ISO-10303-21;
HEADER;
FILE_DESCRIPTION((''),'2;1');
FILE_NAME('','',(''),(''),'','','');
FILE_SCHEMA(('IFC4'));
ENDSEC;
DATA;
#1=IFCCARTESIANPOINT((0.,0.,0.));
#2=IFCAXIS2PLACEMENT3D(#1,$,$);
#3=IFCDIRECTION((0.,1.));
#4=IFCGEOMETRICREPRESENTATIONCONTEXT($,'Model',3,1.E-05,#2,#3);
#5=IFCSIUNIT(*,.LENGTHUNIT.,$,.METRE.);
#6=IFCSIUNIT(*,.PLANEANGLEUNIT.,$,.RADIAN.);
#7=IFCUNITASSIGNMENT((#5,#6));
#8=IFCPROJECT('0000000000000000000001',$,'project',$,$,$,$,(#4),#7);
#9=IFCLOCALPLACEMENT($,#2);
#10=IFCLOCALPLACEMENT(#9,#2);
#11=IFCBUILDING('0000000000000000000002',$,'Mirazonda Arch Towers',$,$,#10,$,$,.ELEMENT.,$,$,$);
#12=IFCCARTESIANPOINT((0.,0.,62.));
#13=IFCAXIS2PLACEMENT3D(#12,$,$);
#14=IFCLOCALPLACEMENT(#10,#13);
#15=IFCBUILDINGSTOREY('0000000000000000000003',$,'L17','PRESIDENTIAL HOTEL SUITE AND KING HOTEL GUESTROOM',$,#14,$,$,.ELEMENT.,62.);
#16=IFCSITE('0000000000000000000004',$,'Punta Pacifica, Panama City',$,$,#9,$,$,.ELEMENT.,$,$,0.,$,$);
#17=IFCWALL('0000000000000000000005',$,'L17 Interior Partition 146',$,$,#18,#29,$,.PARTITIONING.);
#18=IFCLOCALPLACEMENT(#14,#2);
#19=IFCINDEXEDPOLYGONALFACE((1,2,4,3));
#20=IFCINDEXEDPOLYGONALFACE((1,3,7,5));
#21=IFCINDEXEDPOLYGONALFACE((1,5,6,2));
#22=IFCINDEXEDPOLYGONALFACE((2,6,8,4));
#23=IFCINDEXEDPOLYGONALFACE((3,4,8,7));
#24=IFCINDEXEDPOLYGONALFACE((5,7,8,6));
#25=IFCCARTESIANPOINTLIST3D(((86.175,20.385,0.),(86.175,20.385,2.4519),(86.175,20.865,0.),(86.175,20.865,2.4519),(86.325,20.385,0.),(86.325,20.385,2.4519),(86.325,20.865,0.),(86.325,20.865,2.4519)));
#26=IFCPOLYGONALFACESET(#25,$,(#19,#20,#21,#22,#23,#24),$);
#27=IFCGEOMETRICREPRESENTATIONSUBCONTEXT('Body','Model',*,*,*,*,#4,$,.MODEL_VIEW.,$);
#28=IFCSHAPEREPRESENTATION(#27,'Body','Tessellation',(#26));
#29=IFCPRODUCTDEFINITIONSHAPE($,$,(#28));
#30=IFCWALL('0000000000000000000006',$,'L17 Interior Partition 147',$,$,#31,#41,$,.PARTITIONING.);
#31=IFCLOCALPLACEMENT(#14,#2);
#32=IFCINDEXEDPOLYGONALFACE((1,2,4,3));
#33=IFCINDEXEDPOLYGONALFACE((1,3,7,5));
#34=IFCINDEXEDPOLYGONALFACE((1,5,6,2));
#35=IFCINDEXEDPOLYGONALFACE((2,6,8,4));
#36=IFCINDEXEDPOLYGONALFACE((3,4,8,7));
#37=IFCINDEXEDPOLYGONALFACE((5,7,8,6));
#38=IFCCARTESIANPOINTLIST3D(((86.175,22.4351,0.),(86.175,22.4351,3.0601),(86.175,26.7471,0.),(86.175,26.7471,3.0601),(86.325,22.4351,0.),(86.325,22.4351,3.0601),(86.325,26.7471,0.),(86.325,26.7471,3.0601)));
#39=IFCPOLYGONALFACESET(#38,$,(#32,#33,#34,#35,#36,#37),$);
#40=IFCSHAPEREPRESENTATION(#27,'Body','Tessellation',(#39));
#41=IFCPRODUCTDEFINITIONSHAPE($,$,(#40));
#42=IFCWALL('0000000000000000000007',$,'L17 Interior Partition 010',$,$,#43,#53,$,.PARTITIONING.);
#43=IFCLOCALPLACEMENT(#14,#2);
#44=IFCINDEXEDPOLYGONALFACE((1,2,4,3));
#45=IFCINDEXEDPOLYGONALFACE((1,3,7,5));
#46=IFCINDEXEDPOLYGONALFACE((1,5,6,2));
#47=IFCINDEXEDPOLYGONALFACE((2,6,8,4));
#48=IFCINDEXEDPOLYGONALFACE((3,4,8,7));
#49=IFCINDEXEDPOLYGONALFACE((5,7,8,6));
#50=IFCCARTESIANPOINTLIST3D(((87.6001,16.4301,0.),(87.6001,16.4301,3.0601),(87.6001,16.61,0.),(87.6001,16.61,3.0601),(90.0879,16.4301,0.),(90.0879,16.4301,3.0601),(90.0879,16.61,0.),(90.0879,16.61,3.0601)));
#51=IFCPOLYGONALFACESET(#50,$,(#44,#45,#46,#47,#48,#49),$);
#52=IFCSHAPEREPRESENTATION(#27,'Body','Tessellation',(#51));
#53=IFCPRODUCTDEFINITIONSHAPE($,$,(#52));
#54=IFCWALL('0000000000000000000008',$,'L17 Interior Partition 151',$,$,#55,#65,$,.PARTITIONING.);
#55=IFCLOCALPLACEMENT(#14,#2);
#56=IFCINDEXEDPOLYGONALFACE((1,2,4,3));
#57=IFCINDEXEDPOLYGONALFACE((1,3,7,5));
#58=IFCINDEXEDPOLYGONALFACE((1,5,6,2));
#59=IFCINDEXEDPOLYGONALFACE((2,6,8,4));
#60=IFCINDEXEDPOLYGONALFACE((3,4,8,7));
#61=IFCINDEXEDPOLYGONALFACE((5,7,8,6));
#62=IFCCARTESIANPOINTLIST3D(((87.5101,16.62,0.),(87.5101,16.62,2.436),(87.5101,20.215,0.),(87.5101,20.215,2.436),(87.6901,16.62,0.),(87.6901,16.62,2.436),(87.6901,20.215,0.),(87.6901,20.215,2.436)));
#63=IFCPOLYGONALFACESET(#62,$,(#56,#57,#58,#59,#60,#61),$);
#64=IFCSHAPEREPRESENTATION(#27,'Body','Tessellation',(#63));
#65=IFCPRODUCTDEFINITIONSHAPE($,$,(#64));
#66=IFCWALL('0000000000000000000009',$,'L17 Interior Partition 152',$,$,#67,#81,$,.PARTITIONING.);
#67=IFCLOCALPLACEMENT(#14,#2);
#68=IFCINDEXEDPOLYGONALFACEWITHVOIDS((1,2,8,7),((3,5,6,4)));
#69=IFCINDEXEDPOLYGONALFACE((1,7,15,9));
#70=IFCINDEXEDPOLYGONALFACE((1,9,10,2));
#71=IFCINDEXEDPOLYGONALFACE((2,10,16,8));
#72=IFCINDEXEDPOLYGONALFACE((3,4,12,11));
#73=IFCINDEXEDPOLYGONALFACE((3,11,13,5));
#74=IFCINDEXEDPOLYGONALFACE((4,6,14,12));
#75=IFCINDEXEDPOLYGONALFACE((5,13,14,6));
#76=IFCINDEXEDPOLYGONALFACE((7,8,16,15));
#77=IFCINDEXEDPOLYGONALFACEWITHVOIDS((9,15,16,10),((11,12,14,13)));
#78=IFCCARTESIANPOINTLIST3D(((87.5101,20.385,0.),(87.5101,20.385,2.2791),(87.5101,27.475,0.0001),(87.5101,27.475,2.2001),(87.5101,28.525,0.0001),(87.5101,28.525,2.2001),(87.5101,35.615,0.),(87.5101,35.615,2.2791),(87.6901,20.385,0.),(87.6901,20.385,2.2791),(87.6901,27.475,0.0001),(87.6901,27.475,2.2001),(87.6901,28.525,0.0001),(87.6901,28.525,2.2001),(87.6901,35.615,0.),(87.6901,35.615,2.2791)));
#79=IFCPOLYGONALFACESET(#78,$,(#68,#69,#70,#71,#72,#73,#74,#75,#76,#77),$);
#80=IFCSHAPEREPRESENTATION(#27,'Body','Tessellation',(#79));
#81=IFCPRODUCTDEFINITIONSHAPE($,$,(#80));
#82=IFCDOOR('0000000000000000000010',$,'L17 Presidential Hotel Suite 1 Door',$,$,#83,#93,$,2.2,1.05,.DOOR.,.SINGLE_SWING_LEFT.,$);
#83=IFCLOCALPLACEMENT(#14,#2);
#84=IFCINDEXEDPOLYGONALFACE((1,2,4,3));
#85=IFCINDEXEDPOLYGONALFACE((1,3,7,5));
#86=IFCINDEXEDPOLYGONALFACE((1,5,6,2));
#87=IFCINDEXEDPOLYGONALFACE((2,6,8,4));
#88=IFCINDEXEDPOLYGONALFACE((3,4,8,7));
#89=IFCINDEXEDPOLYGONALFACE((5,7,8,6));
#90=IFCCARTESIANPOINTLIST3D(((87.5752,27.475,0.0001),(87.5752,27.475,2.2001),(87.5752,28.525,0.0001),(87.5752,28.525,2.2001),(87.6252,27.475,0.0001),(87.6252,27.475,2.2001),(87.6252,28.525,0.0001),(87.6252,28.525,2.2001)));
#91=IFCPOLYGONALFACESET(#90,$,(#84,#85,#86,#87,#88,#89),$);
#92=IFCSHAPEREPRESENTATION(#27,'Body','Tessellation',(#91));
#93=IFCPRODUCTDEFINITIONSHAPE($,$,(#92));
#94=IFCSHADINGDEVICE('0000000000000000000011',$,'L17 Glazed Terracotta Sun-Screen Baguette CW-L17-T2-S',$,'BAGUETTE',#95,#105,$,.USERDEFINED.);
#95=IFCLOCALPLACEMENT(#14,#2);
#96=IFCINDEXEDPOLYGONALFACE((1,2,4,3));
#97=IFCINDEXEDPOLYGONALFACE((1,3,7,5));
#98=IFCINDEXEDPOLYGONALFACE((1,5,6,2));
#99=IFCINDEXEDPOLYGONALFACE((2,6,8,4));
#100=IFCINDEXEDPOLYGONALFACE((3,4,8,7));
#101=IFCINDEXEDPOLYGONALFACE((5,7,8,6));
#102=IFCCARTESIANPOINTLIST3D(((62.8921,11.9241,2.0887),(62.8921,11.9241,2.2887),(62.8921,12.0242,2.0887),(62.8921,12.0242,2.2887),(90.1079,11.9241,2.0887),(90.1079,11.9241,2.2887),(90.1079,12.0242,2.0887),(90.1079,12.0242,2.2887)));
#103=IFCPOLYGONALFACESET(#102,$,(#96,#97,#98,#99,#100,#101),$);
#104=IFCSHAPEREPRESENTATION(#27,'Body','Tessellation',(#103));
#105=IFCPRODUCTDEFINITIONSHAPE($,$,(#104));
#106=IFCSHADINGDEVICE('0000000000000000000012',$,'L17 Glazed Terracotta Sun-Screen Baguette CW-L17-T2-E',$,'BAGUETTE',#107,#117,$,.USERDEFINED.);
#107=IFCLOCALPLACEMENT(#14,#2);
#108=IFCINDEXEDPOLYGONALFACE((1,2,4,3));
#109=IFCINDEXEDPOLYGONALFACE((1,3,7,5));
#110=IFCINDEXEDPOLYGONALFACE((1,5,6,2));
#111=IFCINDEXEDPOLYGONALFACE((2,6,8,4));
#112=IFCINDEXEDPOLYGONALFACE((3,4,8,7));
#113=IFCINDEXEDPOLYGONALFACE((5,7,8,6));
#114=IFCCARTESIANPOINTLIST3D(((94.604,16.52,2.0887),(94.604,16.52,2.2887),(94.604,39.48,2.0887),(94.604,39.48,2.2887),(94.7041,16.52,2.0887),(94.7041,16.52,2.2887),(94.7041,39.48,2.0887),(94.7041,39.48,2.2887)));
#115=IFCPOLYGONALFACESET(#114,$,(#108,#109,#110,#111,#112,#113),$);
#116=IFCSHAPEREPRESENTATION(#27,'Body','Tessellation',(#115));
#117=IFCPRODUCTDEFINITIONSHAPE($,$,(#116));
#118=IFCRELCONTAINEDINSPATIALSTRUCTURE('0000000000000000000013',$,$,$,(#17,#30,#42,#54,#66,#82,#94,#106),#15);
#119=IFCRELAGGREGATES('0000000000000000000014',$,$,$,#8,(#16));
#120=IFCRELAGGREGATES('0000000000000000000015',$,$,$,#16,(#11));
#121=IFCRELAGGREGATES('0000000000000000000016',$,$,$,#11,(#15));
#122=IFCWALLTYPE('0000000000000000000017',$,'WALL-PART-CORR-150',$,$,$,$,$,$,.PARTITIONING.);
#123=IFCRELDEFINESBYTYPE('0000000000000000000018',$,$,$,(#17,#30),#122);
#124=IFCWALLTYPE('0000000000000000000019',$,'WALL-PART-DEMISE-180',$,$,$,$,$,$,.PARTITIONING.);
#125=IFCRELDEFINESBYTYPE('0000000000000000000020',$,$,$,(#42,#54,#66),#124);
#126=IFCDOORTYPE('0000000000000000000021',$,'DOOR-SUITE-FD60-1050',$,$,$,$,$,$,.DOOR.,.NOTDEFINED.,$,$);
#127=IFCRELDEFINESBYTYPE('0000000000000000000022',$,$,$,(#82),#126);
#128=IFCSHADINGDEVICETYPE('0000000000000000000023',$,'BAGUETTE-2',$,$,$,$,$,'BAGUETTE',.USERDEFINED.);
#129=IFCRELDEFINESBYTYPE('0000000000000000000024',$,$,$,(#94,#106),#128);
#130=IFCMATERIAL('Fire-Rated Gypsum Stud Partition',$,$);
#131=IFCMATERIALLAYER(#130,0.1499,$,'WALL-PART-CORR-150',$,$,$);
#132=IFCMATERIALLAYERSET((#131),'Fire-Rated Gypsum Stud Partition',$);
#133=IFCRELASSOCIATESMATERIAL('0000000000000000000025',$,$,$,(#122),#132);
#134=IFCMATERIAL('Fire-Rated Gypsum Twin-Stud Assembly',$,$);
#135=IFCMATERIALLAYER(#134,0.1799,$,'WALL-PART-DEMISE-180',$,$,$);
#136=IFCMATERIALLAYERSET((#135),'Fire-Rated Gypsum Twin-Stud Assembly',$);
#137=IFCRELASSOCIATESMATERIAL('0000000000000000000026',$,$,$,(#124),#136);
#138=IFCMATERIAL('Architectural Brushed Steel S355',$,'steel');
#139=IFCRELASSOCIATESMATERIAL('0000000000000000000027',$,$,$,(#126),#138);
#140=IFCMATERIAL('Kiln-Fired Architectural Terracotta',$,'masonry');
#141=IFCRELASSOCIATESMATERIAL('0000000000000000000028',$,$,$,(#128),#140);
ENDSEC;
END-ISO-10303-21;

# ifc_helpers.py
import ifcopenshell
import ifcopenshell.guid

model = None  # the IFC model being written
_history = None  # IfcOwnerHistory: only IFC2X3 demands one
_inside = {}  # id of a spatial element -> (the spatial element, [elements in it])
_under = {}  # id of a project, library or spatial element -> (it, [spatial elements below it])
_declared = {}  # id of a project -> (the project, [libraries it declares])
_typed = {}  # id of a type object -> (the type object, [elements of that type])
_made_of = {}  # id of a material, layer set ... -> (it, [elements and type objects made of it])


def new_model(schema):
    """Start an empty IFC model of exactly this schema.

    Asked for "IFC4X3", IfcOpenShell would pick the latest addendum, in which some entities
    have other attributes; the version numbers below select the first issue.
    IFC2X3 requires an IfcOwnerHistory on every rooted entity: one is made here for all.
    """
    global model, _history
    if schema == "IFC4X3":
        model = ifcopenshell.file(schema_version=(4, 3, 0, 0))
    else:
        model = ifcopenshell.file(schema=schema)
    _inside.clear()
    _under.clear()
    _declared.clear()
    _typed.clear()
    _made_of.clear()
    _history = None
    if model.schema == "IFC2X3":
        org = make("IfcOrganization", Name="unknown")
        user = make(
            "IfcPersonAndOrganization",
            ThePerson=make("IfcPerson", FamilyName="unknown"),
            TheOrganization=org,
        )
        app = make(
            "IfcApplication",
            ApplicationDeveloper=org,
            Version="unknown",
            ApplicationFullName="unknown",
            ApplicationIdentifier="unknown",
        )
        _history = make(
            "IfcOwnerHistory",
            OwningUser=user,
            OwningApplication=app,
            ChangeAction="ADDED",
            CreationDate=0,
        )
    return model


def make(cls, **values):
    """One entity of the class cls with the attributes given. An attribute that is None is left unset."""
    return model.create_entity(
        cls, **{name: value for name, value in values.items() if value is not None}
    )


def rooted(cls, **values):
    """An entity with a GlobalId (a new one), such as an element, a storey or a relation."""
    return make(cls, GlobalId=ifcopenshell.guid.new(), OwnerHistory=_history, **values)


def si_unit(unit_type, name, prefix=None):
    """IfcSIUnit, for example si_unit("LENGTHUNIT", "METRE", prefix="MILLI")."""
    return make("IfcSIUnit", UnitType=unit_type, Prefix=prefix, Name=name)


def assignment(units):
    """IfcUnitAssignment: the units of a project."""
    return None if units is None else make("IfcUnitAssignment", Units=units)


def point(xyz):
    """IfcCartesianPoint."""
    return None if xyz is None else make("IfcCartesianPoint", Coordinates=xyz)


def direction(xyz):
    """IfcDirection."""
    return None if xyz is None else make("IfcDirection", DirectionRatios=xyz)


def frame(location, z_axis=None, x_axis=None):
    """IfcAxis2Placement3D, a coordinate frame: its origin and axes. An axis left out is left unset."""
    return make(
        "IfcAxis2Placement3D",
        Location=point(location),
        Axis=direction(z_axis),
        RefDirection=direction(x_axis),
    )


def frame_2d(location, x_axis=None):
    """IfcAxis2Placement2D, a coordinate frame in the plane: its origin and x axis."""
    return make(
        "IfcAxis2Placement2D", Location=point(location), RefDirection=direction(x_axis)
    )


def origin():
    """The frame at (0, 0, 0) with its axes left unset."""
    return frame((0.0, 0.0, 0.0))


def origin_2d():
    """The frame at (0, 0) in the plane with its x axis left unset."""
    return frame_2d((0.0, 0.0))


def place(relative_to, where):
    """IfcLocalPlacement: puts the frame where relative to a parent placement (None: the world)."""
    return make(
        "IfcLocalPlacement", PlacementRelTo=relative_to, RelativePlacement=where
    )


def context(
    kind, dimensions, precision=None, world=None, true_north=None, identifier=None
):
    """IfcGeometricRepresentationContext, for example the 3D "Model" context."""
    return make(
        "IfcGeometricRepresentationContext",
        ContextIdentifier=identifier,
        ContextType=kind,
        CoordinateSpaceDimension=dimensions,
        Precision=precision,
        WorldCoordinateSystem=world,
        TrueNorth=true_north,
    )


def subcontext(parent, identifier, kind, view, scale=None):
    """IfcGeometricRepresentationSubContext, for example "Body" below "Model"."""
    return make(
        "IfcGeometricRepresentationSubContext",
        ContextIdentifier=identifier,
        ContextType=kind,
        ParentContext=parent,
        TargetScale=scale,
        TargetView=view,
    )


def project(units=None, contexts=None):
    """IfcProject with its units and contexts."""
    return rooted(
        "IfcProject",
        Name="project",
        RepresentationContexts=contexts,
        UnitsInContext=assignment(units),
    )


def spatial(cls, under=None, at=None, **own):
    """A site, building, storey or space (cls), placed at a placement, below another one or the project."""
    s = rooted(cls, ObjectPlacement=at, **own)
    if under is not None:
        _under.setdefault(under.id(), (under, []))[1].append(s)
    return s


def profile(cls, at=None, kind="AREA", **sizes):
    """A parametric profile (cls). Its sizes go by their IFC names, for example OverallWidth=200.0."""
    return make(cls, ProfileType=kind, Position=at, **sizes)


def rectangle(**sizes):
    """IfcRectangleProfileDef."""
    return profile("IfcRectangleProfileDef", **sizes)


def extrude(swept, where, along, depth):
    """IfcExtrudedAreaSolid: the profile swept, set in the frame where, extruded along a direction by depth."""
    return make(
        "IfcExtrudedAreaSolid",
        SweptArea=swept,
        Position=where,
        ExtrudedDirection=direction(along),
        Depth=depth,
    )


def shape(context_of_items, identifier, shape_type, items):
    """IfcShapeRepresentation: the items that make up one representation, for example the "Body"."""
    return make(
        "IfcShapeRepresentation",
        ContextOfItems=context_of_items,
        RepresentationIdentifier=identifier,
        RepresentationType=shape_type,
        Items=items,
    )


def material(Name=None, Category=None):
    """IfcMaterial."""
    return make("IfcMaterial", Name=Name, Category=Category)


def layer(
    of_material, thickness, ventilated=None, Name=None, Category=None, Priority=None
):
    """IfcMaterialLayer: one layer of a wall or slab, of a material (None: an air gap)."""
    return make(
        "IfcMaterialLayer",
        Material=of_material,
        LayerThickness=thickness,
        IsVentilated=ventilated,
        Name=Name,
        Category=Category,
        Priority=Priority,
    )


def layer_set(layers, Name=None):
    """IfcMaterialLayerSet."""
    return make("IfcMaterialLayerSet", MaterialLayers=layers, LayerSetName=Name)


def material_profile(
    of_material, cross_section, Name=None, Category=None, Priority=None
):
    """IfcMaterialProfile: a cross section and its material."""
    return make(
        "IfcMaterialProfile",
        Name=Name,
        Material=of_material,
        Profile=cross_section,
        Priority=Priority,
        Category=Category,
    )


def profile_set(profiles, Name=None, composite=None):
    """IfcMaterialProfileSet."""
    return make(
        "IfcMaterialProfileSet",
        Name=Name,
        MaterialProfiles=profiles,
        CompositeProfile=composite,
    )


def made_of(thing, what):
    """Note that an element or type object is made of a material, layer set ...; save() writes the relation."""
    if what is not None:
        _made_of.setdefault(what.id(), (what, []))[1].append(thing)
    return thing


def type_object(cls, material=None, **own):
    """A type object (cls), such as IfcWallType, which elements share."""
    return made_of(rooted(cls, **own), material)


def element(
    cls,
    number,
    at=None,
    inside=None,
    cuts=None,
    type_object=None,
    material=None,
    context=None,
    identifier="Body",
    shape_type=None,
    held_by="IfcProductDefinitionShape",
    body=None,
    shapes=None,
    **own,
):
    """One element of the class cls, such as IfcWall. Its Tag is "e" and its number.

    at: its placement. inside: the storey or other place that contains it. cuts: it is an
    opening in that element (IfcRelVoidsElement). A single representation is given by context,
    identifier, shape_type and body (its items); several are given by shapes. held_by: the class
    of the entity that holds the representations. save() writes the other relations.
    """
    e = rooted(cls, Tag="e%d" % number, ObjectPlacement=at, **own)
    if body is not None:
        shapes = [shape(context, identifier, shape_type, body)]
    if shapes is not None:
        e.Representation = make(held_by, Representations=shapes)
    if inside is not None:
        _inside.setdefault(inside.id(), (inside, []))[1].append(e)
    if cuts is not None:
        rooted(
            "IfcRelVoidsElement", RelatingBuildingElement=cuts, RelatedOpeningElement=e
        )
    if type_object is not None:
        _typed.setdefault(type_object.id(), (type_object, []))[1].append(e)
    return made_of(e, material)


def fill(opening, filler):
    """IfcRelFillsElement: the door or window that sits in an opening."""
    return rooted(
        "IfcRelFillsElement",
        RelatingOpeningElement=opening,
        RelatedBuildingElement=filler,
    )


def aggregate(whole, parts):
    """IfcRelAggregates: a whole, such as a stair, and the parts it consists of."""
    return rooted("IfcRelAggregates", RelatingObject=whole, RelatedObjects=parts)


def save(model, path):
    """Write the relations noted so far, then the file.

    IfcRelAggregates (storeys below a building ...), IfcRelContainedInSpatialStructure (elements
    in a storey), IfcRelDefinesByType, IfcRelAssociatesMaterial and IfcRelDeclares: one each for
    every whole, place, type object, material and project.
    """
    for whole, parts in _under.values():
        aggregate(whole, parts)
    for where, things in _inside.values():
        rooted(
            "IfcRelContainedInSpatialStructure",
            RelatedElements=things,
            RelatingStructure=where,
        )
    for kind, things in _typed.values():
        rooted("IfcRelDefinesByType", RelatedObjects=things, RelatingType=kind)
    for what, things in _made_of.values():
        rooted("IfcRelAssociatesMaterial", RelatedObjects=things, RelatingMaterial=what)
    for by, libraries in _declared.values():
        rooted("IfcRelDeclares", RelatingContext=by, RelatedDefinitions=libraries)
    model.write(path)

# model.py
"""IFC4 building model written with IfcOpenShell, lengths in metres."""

from ifc_helpers import new_model, si_unit, direction, frame, frame_2d, origin, origin_2d, place, context, subcontext, project, spatial, rectangle, extrude, material, layer, layer_set, material_profile, profile_set, type_object, element, fill, save


model = new_model("IFC4")

# Units and contexts
model_context = context("Model", 3, precision=1e-05, world=origin(), true_north=direction((0.0, 1.0)))
body_context = subcontext(model_context, "Body", "Model", "MODEL_VIEW")
ifc_project = project(units=[si_unit("LENGTHUNIT", "METRE"), si_unit("PLANEANGLEUNIT", "RADIAN")], contexts=[model_context])

# Site, building, storey
site_placement = place(None, origin())
site = spatial("IfcSite", under=ifc_project, at=site_placement, Name="Punta Pacifica, Panama City", CompositionType="ELEMENT", RefElevation=0.0)
building_placement = place(site_placement, origin())
building = spatial("IfcBuilding", under=site, at=building_placement, Name="Mirazonda Arch Towers", CompositionType="ELEMENT")
storey_placement = place(building_placement, frame((0.0, 0.0, 62.0)))
storey = spatial("IfcBuildingStorey", under=building, at=storey_placement, Name="L17", Description="PRESIDENTIAL HOTEL SUITE AND KING HOTEL GUESTROOM", CompositionType="ELEMENT", Elevation=62.0)

# Walls
ifc_material_1 = material(Name="Fire-Rated Gypsum Stud Partition")
ifc_layer_1 = layer(ifc_material_1, 0.1499, Name="WALL-PART-CORR-150")
ifc_layer_set_1 = layer_set([ifc_layer_1], Name="Fire-Rated Gypsum Stud Partition")
wall_type_1 = type_object("IfcWallType", Name="WALL-PART-CORR-150", PredefinedType="PARTITIONING", material=ifc_layer_set_1)
wall_1_placement = place(storey_placement, frame((86.25, 20.385, 0.0), z_axis=(0.0, 0.0, 1.0), x_axis=(0.0, 1.0, 0.0)))
element("IfcWall", 1, at=wall_1_placement, inside=storey, type_object=wall_type_1, Name="L17 Interior Partition 146", PredefinedType="PARTITIONING", context=body_context, shape_type="SweptSolid", body=[
    extrude(rectangle(XDim=0.48, YDim=0.1499, at=frame_2d((0.24, 0.0))), origin(), (0.0, 0.0, 1.0), 2.4519),
])
wall_2_placement = place(storey_placement, frame((86.25, 22.4351, 0.0), z_axis=(0.0, 0.0, 1.0), x_axis=(0.0, 1.0, 0.0)))
element("IfcWall", 2, at=wall_2_placement, inside=storey, type_object=wall_type_1, Name="L17 Interior Partition 147", PredefinedType="PARTITIONING", context=body_context, shape_type="SweptSolid", body=[
    extrude(rectangle(XDim=4.312, YDim=0.1499, at=frame_2d((2.156, 0.0))), origin(), (0.0, 0.0, 1.0), 3.0601),
])
ifc_material_2 = material(Name="Fire-Rated Gypsum Twin-Stud Assembly")
ifc_layer_2 = layer(ifc_material_2, 0.1799, Name="WALL-PART-DEMISE-180")
ifc_layer_set_2 = layer_set([ifc_layer_2], Name="Fire-Rated Gypsum Twin-Stud Assembly")
wall_type_2 = type_object("IfcWallType", Name="WALL-PART-DEMISE-180", PredefinedType="PARTITIONING", material=ifc_layer_set_2)
wall_3_placement = place(storey_placement, frame((87.6001, 16.52, 0.0), z_axis=(0.0, 0.0, 1.0), x_axis=(1.0, 0.0, 0.0)))
element("IfcWall", 3, at=wall_3_placement, inside=storey, type_object=wall_type_2, Name="L17 Interior Partition 010", PredefinedType="PARTITIONING", context=body_context, shape_type="SweptSolid", body=[
    extrude(rectangle(XDim=2.4878, YDim=0.1799, at=frame_2d((1.2439, 0.0))), origin(), (0.0, 0.0, 1.0), 3.0601),
])
wall_4_placement = place(storey_placement, frame((87.6001, 16.6201, 0.0), z_axis=(0.0, 0.0, 1.0), x_axis=(0.0, 1.0, 0.0)))
element("IfcWall", 4, at=wall_4_placement, inside=storey, type_object=wall_type_2, Name="L17 Interior Partition 151", PredefinedType="PARTITIONING", context=body_context, shape_type="SweptSolid", body=[
    extrude(rectangle(XDim=3.595, YDim=0.1799, at=frame_2d((1.7974, 0.0))), origin(), (0.0, 0.0, 1.0), 2.436),
])

# Wall, opening, door
wall_5_placement = place(storey_placement, frame((87.6001, 20.385, 0.0), z_axis=(0.0, 0.0, 1.0), x_axis=(0.0, 1.0, 0.0)))
wall_5 = element("IfcWall", 5, at=wall_5_placement, inside=storey, type_object=wall_type_2, Name="L17 Interior Partition 152", PredefinedType="PARTITIONING", context=body_context, shape_type="SweptSolid", body=[
    extrude(rectangle(XDim=15.23, YDim=0.1799, at=frame_2d((7.615, 0.0))), origin(), (0.0, 0.0, 1.0), 2.2791),
])
opening_1_placement = place(wall_5_placement, frame((7.0901, 0.0, 0.0)))
opening_1 = element("IfcOpeningElement", 6, at=opening_1_placement, cuts=wall_5, PredefinedType="OPENING", context=body_context, shape_type="SweptSolid", body=[
    extrude(rectangle(XDim=1.05, YDim=2.2, at=frame_2d((0.5249, 1.1001))), frame((0.0, 0.0999, 0.0), z_axis=(0.0, -1.0, 0.0), x_axis=(1.0, 0.0, 0.0)), (0.0, 0.0, 1.0), 0.2),
])
ifc_material_3 = material(Name="Architectural Brushed Steel S355", Category="steel")
door_type = type_object("IfcDoorType", Name="DOOR-SUITE-FD60-1050", OperationType="NOTDEFINED", PredefinedType="DOOR", material=ifc_material_3)
door_placement = place(opening_1_placement, origin())
door = element("IfcDoor", 7, at=door_placement, inside=storey, type_object=door_type, Name="L17 Presidential Hotel Suite 1 Door", OperationType="SINGLE_SWING_LEFT", OverallHeight=2.2, OverallWidth=1.05, PredefinedType="DOOR", context=body_context, shape_type="SweptSolid", body=[
    extrude(rectangle(XDim=1.05, YDim=2.2, at=frame_2d((0.5249, 1.1001))), frame((0.0, 0.0249, 0.0), z_axis=(0.0, -1.0, 0.0), x_axis=(1.0, 0.0, 0.0)), (0.0, 0.0, 1.0), 0.05),
])
fill(opening_1, door)

# Shading devices
ifc_material_4 = material(Name="Kiln-Fired Architectural Terracotta", Category="masonry")
ifc_material_profile_1 = material_profile(ifc_material_4, rectangle(XDim=0.1001, YDim=0.2, at=origin_2d()), Name="TERRA-BAG-100x200")
ifc_profile_set_1 = profile_set([ifc_material_profile_1], Name="Kiln-Fired Architectural Terracotta")
shading_device_type = type_object("IfcShadingDeviceType", Name="BAGUETTE-2", ElementType="BAGUETTE", PredefinedType="USERDEFINED", material=ifc_profile_set_1)
shading_device_1_placement = place(storey_placement, frame((90.1079, 11.9741, 2.1887), z_axis=(-1.0, 0.0, 0.0), x_axis=(0.0, -1.0, 0.0)))
element("IfcShadingDevice", 8, at=shading_device_1_placement, inside=storey, type_object=shading_device_type, Name="L17 Glazed Terracotta Sun-Screen Baguette CW-L17-T2-S", ObjectType="BAGUETTE", PredefinedType="USERDEFINED", context=body_context, shape_type="SweptSolid", body=[
    extrude(rectangle(XDim=0.1001, YDim=0.2, at=origin_2d()), origin(), (0.0, 0.0, 1.0), 27.2158),
])
shading_device_2_placement = place(storey_placement, frame((94.6541, 16.52, 2.1887), z_axis=(0.0, 1.0, 0.0), x_axis=(-1.0, 0.0, 0.0)))
element("IfcShadingDevice", 9, at=shading_device_2_placement, inside=storey, type_object=shading_device_type, Name="L17 Glazed Terracotta Sun-Screen Baguette CW-L17-T2-E", ObjectType="BAGUETTE", PredefinedType="USERDEFINED", context=body_context, shape_type="SweptSolid", body=[
    extrude(rectangle(XDim=0.1001, YDim=0.2, at=origin_2d()), origin(), (0.0, 0.0, 1.0), 22.96),
])

save(model, "model.ifc")
